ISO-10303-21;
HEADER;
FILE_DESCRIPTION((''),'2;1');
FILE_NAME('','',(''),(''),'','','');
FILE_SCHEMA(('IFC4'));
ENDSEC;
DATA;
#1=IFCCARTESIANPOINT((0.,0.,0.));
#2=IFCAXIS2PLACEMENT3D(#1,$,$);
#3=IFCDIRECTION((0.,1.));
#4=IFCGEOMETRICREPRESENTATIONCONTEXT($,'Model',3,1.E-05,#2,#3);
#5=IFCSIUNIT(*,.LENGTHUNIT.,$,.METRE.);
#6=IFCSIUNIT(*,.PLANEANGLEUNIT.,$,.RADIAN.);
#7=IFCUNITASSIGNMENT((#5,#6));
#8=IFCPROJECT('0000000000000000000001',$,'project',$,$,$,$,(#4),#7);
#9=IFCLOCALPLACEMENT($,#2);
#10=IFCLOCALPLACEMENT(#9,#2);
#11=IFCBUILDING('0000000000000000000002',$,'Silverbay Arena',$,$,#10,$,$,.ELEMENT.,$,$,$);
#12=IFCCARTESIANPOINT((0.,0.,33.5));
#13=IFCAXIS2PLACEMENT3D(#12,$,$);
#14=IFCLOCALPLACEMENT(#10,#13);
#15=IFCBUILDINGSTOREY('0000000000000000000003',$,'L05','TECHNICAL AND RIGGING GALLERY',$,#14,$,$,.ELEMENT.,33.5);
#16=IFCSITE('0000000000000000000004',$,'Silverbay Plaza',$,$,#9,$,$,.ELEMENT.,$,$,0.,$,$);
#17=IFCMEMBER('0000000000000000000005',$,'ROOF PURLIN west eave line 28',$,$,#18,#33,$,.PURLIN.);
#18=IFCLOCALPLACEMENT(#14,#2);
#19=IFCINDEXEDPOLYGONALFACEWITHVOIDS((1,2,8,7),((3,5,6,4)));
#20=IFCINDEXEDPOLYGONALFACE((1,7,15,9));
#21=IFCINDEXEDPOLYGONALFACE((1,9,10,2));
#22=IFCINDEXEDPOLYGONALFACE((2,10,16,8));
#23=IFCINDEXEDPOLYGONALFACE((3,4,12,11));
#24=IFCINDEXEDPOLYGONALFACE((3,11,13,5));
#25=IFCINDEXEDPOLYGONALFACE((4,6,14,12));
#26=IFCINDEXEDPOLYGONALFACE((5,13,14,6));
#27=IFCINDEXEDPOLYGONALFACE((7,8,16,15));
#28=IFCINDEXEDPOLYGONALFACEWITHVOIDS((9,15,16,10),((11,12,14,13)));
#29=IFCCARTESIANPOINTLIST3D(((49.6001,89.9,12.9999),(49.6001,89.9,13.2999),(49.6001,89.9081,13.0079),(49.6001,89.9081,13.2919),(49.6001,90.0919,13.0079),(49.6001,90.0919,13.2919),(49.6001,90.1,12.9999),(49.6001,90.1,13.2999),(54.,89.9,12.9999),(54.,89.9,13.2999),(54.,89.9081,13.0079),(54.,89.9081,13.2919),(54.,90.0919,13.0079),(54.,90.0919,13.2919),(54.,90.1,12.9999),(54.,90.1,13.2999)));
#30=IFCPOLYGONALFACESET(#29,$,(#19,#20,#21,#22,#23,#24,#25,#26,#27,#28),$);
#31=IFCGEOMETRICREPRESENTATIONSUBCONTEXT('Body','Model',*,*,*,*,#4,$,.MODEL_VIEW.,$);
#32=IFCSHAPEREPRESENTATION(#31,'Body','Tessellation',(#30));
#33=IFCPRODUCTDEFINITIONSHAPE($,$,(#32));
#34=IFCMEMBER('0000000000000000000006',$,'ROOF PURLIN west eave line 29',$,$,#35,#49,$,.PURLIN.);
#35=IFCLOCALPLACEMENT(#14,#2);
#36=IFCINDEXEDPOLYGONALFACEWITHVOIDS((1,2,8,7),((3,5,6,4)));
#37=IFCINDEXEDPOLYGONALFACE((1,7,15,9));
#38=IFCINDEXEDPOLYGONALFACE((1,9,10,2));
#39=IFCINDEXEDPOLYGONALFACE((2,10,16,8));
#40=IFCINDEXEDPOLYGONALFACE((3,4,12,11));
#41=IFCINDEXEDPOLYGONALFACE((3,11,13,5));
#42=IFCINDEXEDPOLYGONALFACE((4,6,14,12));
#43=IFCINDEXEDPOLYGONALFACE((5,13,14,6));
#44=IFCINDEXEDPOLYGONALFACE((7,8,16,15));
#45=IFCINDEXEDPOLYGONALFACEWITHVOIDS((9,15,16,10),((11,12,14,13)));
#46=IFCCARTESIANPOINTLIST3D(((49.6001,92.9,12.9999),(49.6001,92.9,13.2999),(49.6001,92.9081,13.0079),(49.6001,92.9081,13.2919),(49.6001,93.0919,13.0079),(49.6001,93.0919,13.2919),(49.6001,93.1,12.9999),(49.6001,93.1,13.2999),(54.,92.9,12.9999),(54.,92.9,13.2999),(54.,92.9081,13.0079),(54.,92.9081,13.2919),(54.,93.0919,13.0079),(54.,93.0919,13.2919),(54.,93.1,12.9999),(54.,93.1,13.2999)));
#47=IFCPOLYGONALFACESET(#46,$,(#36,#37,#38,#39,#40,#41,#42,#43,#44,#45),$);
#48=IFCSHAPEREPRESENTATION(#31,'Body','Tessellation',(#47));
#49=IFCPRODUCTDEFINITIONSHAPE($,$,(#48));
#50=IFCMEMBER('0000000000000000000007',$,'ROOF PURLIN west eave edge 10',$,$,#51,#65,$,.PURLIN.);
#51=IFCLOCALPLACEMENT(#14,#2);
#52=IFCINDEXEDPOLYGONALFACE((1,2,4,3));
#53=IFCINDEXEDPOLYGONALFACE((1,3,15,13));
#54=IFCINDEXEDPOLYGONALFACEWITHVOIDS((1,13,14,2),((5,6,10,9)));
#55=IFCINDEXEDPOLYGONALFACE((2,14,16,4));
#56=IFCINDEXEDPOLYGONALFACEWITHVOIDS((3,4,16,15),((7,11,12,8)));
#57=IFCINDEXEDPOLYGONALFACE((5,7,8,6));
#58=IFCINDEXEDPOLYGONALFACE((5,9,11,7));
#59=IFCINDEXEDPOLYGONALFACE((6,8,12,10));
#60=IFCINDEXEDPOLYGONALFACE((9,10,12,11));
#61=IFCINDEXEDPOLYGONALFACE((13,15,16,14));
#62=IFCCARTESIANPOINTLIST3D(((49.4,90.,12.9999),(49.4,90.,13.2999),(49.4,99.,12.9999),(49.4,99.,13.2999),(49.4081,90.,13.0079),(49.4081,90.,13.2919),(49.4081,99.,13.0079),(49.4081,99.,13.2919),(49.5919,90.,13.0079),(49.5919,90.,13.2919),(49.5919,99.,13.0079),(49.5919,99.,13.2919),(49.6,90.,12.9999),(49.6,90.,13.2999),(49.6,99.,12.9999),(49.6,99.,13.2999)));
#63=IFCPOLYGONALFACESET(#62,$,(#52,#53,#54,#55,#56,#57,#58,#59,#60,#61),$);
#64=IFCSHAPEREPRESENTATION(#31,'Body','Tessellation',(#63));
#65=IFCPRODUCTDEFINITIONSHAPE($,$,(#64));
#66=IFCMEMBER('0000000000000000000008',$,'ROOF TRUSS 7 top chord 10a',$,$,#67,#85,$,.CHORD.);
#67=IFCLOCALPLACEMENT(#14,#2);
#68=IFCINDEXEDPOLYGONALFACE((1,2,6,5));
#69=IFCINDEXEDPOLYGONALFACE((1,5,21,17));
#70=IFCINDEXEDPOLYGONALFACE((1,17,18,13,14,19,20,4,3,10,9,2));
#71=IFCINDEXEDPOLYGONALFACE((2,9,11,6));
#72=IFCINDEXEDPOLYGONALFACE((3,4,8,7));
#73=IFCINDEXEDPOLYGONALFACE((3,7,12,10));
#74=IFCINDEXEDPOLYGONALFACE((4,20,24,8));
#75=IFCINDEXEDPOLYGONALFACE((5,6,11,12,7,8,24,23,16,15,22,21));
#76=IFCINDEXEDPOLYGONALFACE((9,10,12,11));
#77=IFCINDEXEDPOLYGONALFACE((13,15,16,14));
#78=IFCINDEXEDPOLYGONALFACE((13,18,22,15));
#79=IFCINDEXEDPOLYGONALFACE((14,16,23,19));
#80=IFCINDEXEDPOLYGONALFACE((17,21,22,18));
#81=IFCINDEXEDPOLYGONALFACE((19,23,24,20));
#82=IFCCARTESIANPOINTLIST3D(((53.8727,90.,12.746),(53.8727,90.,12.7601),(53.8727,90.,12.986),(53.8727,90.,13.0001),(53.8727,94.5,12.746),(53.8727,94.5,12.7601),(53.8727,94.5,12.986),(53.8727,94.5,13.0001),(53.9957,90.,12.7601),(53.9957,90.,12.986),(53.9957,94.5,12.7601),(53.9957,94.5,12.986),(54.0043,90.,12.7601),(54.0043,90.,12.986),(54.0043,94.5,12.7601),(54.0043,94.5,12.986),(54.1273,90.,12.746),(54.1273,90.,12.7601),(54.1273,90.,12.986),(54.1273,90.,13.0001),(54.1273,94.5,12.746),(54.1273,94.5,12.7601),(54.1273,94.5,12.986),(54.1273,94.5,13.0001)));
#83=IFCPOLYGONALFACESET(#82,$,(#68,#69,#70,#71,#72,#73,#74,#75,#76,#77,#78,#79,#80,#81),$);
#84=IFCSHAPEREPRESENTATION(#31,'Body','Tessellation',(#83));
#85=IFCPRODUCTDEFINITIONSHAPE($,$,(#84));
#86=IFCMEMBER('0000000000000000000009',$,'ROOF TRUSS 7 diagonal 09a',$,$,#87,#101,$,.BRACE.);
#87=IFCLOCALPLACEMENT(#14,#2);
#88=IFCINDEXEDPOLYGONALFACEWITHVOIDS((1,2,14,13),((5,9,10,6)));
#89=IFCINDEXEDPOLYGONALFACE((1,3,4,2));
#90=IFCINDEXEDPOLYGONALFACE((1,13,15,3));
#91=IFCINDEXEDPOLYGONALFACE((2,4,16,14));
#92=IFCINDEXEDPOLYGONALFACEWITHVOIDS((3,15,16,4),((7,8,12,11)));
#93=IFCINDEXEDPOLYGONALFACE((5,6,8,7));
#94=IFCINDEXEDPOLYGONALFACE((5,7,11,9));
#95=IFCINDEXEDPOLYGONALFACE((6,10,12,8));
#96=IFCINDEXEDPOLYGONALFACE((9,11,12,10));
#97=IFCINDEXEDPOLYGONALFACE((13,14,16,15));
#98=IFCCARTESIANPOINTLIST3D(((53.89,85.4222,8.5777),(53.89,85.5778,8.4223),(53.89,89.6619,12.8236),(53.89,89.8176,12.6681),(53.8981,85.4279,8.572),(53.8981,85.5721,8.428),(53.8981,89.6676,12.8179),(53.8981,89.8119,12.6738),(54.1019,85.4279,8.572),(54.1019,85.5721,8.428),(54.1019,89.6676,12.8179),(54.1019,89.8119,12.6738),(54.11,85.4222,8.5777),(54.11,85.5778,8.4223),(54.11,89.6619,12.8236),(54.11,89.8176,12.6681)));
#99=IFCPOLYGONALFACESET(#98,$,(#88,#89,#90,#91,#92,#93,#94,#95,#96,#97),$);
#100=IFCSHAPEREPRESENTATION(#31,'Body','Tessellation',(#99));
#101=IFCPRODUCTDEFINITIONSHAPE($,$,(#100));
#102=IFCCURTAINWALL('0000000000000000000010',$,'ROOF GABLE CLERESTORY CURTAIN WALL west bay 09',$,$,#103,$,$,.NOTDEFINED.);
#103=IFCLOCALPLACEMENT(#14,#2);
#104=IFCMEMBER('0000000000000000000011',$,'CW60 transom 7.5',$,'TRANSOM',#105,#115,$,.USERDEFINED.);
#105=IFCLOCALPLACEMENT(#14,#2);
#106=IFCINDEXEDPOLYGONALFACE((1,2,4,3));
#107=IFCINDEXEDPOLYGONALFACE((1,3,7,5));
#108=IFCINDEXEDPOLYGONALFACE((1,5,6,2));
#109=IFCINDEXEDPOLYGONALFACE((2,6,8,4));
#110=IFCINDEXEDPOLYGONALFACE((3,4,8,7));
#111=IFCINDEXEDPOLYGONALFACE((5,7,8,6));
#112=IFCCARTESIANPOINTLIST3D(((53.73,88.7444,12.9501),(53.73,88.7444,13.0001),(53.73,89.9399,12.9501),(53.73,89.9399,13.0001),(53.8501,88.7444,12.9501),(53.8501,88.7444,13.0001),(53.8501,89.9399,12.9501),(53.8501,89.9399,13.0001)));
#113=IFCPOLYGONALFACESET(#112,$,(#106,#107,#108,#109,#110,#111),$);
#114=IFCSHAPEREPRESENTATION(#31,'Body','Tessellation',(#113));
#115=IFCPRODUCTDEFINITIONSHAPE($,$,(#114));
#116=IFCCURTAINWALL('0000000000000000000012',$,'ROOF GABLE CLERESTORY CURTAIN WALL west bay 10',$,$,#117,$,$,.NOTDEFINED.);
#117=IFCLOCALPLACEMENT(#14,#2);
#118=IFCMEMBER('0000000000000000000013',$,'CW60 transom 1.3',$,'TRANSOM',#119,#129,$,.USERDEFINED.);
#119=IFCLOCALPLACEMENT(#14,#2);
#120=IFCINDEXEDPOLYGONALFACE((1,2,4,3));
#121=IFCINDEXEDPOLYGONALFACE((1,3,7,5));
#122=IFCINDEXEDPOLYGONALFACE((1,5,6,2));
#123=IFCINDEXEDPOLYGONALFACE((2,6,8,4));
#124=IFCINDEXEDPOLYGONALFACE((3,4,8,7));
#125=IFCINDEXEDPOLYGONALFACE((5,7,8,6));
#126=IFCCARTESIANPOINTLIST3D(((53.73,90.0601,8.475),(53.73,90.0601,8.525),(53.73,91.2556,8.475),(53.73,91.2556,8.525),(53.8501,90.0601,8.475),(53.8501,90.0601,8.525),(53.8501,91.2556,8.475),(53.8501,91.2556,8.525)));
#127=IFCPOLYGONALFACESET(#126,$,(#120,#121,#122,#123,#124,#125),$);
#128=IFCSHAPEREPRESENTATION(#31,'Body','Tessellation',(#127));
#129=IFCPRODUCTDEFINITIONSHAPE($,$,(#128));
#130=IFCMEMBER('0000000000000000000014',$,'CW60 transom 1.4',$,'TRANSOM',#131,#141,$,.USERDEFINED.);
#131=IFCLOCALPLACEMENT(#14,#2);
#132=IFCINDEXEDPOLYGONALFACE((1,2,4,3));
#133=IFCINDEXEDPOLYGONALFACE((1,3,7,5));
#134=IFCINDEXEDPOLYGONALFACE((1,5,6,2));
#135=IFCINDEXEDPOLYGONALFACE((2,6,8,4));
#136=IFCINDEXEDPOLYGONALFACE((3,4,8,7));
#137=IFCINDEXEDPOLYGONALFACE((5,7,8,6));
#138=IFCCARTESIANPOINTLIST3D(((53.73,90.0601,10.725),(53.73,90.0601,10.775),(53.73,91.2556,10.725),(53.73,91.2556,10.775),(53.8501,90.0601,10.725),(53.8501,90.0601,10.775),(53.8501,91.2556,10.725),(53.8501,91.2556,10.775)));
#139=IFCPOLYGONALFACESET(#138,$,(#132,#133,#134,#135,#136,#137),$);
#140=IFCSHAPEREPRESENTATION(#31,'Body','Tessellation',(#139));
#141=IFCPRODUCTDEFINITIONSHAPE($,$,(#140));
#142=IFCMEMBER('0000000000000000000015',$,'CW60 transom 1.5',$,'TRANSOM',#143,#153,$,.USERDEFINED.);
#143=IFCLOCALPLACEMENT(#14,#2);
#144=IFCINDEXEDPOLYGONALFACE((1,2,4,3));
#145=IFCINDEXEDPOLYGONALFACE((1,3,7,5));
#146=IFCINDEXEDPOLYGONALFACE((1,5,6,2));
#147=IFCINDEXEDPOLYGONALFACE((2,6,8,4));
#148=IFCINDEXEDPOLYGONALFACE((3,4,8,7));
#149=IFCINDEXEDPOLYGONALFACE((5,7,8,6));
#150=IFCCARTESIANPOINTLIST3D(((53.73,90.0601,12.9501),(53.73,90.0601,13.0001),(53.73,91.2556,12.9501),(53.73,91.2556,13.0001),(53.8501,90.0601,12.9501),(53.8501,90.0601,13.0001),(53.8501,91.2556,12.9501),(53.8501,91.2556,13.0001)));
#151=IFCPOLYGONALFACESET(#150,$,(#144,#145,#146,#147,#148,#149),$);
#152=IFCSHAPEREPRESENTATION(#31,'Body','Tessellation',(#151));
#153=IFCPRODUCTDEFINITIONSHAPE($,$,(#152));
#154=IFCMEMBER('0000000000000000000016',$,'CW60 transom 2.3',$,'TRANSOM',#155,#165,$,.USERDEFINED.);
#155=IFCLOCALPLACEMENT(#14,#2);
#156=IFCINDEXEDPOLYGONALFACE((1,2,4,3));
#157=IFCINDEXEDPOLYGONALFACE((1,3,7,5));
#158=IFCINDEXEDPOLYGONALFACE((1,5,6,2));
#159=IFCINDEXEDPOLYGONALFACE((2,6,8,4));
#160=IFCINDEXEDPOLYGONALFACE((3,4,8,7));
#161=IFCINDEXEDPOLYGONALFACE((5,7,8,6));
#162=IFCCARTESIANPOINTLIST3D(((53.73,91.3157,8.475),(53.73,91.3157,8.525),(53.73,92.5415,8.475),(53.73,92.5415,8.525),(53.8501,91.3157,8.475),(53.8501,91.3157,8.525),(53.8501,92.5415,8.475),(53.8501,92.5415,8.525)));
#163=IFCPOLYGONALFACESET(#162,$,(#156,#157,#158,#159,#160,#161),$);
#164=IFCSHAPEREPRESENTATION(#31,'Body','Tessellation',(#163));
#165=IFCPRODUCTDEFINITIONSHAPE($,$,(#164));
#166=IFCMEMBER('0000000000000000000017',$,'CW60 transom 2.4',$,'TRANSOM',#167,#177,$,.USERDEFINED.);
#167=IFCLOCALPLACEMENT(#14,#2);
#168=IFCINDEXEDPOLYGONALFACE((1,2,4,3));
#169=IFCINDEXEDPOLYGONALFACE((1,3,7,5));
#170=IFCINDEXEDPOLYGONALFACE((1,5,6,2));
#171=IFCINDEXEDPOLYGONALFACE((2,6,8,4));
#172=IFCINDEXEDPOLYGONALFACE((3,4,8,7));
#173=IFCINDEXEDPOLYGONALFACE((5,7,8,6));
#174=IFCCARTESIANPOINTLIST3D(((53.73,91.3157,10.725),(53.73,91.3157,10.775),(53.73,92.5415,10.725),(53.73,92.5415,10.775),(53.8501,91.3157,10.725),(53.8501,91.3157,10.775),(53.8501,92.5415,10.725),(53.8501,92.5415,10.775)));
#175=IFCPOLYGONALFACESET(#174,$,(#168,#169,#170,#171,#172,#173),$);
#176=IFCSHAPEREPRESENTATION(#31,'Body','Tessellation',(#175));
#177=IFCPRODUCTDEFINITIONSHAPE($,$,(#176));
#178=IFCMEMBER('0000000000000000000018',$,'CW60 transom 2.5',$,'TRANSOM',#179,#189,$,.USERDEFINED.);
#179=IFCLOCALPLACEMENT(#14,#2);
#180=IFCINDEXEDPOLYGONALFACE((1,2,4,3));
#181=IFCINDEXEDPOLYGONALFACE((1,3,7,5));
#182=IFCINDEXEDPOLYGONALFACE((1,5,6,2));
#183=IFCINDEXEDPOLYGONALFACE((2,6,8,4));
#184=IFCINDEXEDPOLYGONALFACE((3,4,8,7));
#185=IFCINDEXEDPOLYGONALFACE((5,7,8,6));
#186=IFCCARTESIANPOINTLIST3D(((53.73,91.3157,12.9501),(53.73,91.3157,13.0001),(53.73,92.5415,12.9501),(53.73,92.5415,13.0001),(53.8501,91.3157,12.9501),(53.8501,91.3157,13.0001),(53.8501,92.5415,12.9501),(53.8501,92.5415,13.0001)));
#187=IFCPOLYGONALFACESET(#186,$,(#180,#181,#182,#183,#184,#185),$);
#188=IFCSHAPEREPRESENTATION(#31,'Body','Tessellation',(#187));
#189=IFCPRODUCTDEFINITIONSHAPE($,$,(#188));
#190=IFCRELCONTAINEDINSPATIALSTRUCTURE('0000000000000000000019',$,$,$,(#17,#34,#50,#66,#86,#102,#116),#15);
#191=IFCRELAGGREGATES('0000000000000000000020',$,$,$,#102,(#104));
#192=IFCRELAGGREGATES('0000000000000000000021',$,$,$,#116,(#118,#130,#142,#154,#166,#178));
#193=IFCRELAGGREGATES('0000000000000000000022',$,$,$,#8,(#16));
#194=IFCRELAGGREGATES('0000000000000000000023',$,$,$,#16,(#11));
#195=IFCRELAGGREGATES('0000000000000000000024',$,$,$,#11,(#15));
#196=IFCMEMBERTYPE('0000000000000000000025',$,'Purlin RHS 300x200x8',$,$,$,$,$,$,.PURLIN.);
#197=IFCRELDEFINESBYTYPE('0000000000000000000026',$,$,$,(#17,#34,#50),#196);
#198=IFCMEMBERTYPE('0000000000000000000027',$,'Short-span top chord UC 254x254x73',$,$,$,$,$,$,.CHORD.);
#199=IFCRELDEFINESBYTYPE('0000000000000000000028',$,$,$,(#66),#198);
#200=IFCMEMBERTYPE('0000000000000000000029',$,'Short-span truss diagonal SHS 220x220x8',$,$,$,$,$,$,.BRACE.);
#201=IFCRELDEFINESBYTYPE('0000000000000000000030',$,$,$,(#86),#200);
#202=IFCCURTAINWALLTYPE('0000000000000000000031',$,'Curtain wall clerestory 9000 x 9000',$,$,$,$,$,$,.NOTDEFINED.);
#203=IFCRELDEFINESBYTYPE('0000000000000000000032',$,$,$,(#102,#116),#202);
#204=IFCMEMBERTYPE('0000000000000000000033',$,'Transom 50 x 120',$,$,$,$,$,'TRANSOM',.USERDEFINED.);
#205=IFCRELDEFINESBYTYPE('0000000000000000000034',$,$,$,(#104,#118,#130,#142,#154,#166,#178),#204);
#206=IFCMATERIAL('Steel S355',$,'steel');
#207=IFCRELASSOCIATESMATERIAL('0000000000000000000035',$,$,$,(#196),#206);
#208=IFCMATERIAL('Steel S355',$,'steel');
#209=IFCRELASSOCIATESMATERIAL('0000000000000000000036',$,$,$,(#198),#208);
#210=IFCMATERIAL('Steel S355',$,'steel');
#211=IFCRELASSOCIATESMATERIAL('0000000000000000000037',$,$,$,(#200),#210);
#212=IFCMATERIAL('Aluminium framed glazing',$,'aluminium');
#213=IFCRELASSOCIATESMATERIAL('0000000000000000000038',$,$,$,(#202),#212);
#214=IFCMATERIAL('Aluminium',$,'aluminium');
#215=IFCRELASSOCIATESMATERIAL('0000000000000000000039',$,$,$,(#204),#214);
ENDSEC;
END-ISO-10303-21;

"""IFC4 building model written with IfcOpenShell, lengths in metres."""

from ifc_helpers import new_model, si_unit, direction, frame, origin, origin_2d, place, context, subcontext, project, spatial, rectangle, hollow_rectangle, i_section, extrude, material, material_profile, profile_set, type_object, element, aggregate, save


model = new_model("IFC4")

# Units and contexts
model_context = context("Model", 3, precision=1e-05, world=origin(), true_north=direction((0.0, 1.0)))
body_context = subcontext(model_context, "Body", "Model", "MODEL_VIEW")
ifc_project = project(units=[si_unit("LENGTHUNIT", "METRE"), si_unit("PLANEANGLEUNIT", "RADIAN")], contexts=[model_context])

# Site, building, storey
site_placement = place(None, origin())
site = spatial("IfcSite", under=ifc_project, at=site_placement, Name="Silverbay Plaza", CompositionType="ELEMENT", RefElevation=0.0)
building_placement = place(site_placement, origin())
building = spatial("IfcBuilding", under=site, at=building_placement, Name="Silverbay Arena", CompositionType="ELEMENT")
storey_placement = place(building_placement, frame((0.0, 0.0, 33.5)))
storey = spatial("IfcBuildingStorey", under=building, at=storey_placement, Name="L05", Description="TECHNICAL AND RIGGING GALLERY", CompositionType="ELEMENT", Elevation=33.5)

# Members
ifc_material_1 = material(Name="Steel S355", Category="steel")
ifc_material_profile_1 = material_profile(ifc_material_1, hollow_rectangle(XDim=0.2, YDim=0.3, WallThickness=0.0081, at=origin_2d()), Name="RHS 300x200x8")
ifc_profile_set_1 = profile_set([ifc_material_profile_1], Name="Steel S355")
member_type_1 = type_object("IfcMemberType", Name="Purlin RHS 300x200x8", PredefinedType="PURLIN", material=ifc_profile_set_1)
for number, where, z_axis, x_axis, name in (
    (1, (49.6001, 90.0, 13.1499), (1.0, 0.0, 0.0), (0.0, 1.0, 0.0), "ROOF PURLIN west eave line 28"),
    (2, (49.6001, 93.0, 13.1499), (1.0, 0.0, 0.0), (0.0, 1.0, 0.0), "ROOF PURLIN west eave line 29"),
):
    element("IfcMember", number, at=place(storey_placement, frame(where, z_axis=z_axis, x_axis=x_axis)), inside=storey, type_object=member_type_1, Name=name, PredefinedType="PURLIN", context=body_context, shape_type="SweptSolid", body=[
        extrude(hollow_rectangle(XDim=0.2, YDim=0.3, WallThickness=0.0081, at=origin_2d()), origin(), (0.0, 0.0, 1.0), 4.3999),
    ])
member_1_placement = place(storey_placement, frame((49.5, 90.0, 13.1499), z_axis=(0.0, 1.0, 0.0), x_axis=(-1.0, 0.0, 0.0)))
element("IfcMember", 3, at=member_1_placement, inside=storey, type_object=member_type_1, Name="ROOF PURLIN west eave edge 10", PredefinedType="PURLIN", context=body_context, shape_type="SweptSolid", body=[
    extrude(hollow_rectangle(XDim=0.2, YDim=0.3, WallThickness=0.0081, at=origin_2d()), origin(), (0.0, 0.0, 1.0), 9.0),
])
ifc_material_2 = material(Name="Steel S355", Category="steel")
ifc_material_profile_2 = material_profile(ifc_material_2, i_section(OverallWidth=0.2546, OverallDepth=0.2542, WebThickness=0.0085, FlangeThickness=0.0142, at=origin_2d()), Name="UC 254x254x73")
ifc_profile_set_2 = profile_set([ifc_material_profile_2], Name="Steel S355")
member_type_2 = type_object("IfcMemberType", Name="Short-span top chord UC 254x254x73", PredefinedType="CHORD", material=ifc_profile_set_2)
member_2_placement = place(storey_placement, frame((54.0, 90.0, 12.873), z_axis=(0.0, 1.0, 0.0), x_axis=(-1.0, 0.0, 0.0)))
element("IfcMember", 4, at=member_2_placement, inside=storey, type_object=member_type_2, Name="ROOF TRUSS 7 top chord 10a", PredefinedType="CHORD", context=body_context, shape_type="SweptSolid", body=[
    extrude(i_section(OverallWidth=0.2546, OverallDepth=0.2542, WebThickness=0.0085, FlangeThickness=0.0142, at=origin_2d()), origin(), (0.0, 0.0, 1.0), 4.5),
])
ifc_material_3 = material(Name="Steel S355", Category="steel")
ifc_material_profile_3 = material_profile(ifc_material_3, hollow_rectangle(XDim=0.22, YDim=0.22, WallThickness=0.0081, at=origin_2d()), Name="SHS 220x220x8")
ifc_profile_set_3 = profile_set([ifc_material_profile_3], Name="Steel S355")
member_type_3 = type_object("IfcMemberType", Name="Short-span truss diagonal SHS 220x220x8", PredefinedType="BRACE", material=ifc_profile_set_3)
member_3_placement = place(storey_placement, frame((54.0, 89.7397, 12.7458), z_axis=(0.0, -0.706598, -0.707615), x_axis=(1.0, 0.0, 0.0)))
element("IfcMember", 5, at=member_3_placement, inside=storey, type_object=member_type_3, Name="ROOF TRUSS 7 diagonal 09a", PredefinedType="BRACE", context=body_context, shape_type="SweptSolid", body=[
    extrude(hollow_rectangle(XDim=0.22, YDim=0.22, WallThickness=0.0081, at=origin_2d()), origin(), (0.0, 0.0, 1.0), 6.0002),
])

# Curtain wall, member
ifc_material_4 = material(Name="Aluminium framed glazing", Category="aluminium")
curtain_wall_type = type_object("IfcCurtainWallType", Name="Curtain wall clerestory 9000 x 9000", PredefinedType="NOTDEFINED", material=ifc_material_4)
curtain_wall_1_placement = place(storey_placement, origin())
curtain_wall_1 = element("IfcCurtainWall", 6, at=curtain_wall_1_placement, inside=storey, type_object=curtain_wall_type, Name="ROOF GABLE CLERESTORY CURTAIN WALL west bay 09", PredefinedType="NOTDEFINED")
ifc_material_5 = material(Name="Aluminium", Category="aluminium")
ifc_material_profile_4 = material_profile(ifc_material_5, rectangle(XDim=0.1201, YDim=0.05, at=origin_2d()), Name="Transom 50 x 120")
ifc_profile_set_4 = profile_set([ifc_material_profile_4], Name="Aluminium")
member_type_4 = type_object("IfcMemberType", Name="Transom 50 x 120", ElementType="TRANSOM", PredefinedType="USERDEFINED", material=ifc_profile_set_4)
member_4_placement = place(storey_placement, frame((53.79, 88.7444, 12.9751), z_axis=(0.0, 1.0, 0.0), x_axis=(-1.0, 0.0, 0.0)))
member_4 = element("IfcMember", 7, at=member_4_placement, type_object=member_type_4, Name="CW60 transom 7.5", ObjectType="TRANSOM", PredefinedType="USERDEFINED", context=body_context, shape_type="SweptSolid", body=[
    extrude(rectangle(XDim=0.1201, YDim=0.05, at=origin_2d()), origin(), (0.0, 0.0, 1.0), 1.1956),
])

# Curtain wall, members
curtain_wall_2_placement = place(storey_placement, origin())
curtain_wall_2 = element("IfcCurtainWall", 8, at=curtain_wall_2_placement, inside=storey, type_object=curtain_wall_type, Name="ROOF GABLE CLERESTORY CURTAIN WALL west bay 10", PredefinedType="NOTDEFINED")
member_5_placement = place(storey_placement, frame((53.79, 90.0601, 8.5), z_axis=(0.0, 1.0, 0.0), x_axis=(-1.0, 0.0, 0.0)))
member_5 = element("IfcMember", 9, at=member_5_placement, type_object=member_type_4, Name="CW60 transom 1.3", ObjectType="TRANSOM", PredefinedType="USERDEFINED", context=body_context, shape_type="SweptSolid", body=[
    extrude(rectangle(XDim=0.1201, YDim=0.05, at=origin_2d()), origin(), (0.0, 0.0, 1.0), 1.1956),
])
member_6_placement = place(storey_placement, frame((53.79, 90.0601, 10.75), z_axis=(0.0, 1.0, 0.0), x_axis=(-1.0, 0.0, 0.0)))
member_6 = element("IfcMember", 10, at=member_6_placement, type_object=member_type_4, Name="CW60 transom 1.4", ObjectType="TRANSOM", PredefinedType="USERDEFINED", context=body_context, shape_type="SweptSolid", body=[
    extrude(rectangle(XDim=0.1201, YDim=0.05, at=origin_2d()), origin(), (0.0, 0.0, 1.0), 1.1956),
])
member_7_placement = place(storey_placement, frame((53.79, 90.0601, 12.9751), z_axis=(0.0, 1.0, 0.0), x_axis=(-1.0, 0.0, 0.0)))
member_7 = element("IfcMember", 11, at=member_7_placement, type_object=member_type_4, Name="CW60 transom 1.5", ObjectType="TRANSOM", PredefinedType="USERDEFINED", context=body_context, shape_type="SweptSolid", body=[
    extrude(rectangle(XDim=0.1201, YDim=0.05, at=origin_2d()), origin(), (0.0, 0.0, 1.0), 1.1956),
])
member_8_placement = place(storey_placement, frame((53.79, 91.3157, 8.5), z_axis=(0.0, 1.0, 0.0), x_axis=(-1.0, 0.0, 0.0)))
member_8 = element("IfcMember", 12, at=member_8_placement, type_object=member_type_4, Name="CW60 transom 2.3", ObjectType="TRANSOM", PredefinedType="USERDEFINED", context=body_context, shape_type="SweptSolid", body=[
    extrude(rectangle(XDim=0.1201, YDim=0.05, at=origin_2d()), origin(), (0.0, 0.0, 1.0), 1.2258),
])
member_9_placement = place(storey_placement, frame((53.79, 91.3157, 10.75), z_axis=(0.0, 1.0, 0.0), x_axis=(-1.0, 0.0, 0.0)))
member_9 = element("IfcMember", 13, at=member_9_placement, type_object=member_type_4, Name="CW60 transom 2.4", ObjectType="TRANSOM", PredefinedType="USERDEFINED", context=body_context, shape_type="SweptSolid", body=[
    extrude(rectangle(XDim=0.1201, YDim=0.05, at=origin_2d()), origin(), (0.0, 0.0, 1.0), 1.2258),
])
member_10_placement = place(storey_placement, frame((53.79, 91.3157, 12.9751), z_axis=(0.0, 1.0, 0.0), x_axis=(-1.0, 0.0, 0.0)))
member_10 = element("IfcMember", 14, at=member_10_placement, type_object=member_type_4, Name="CW60 transom 2.5", ObjectType="TRANSOM", PredefinedType="USERDEFINED", context=body_context, shape_type="SweptSolid", body=[
    extrude(rectangle(XDim=0.1201, YDim=0.05, at=origin_2d()), origin(), (0.0, 0.0, 1.0), 1.2258),
])

aggregate(curtain_wall_1, [member_4])
aggregate(curtain_wall_2, [member_5, member_6, member_7, member_8, member_9, member_10])

save(model, "model.ifc")
